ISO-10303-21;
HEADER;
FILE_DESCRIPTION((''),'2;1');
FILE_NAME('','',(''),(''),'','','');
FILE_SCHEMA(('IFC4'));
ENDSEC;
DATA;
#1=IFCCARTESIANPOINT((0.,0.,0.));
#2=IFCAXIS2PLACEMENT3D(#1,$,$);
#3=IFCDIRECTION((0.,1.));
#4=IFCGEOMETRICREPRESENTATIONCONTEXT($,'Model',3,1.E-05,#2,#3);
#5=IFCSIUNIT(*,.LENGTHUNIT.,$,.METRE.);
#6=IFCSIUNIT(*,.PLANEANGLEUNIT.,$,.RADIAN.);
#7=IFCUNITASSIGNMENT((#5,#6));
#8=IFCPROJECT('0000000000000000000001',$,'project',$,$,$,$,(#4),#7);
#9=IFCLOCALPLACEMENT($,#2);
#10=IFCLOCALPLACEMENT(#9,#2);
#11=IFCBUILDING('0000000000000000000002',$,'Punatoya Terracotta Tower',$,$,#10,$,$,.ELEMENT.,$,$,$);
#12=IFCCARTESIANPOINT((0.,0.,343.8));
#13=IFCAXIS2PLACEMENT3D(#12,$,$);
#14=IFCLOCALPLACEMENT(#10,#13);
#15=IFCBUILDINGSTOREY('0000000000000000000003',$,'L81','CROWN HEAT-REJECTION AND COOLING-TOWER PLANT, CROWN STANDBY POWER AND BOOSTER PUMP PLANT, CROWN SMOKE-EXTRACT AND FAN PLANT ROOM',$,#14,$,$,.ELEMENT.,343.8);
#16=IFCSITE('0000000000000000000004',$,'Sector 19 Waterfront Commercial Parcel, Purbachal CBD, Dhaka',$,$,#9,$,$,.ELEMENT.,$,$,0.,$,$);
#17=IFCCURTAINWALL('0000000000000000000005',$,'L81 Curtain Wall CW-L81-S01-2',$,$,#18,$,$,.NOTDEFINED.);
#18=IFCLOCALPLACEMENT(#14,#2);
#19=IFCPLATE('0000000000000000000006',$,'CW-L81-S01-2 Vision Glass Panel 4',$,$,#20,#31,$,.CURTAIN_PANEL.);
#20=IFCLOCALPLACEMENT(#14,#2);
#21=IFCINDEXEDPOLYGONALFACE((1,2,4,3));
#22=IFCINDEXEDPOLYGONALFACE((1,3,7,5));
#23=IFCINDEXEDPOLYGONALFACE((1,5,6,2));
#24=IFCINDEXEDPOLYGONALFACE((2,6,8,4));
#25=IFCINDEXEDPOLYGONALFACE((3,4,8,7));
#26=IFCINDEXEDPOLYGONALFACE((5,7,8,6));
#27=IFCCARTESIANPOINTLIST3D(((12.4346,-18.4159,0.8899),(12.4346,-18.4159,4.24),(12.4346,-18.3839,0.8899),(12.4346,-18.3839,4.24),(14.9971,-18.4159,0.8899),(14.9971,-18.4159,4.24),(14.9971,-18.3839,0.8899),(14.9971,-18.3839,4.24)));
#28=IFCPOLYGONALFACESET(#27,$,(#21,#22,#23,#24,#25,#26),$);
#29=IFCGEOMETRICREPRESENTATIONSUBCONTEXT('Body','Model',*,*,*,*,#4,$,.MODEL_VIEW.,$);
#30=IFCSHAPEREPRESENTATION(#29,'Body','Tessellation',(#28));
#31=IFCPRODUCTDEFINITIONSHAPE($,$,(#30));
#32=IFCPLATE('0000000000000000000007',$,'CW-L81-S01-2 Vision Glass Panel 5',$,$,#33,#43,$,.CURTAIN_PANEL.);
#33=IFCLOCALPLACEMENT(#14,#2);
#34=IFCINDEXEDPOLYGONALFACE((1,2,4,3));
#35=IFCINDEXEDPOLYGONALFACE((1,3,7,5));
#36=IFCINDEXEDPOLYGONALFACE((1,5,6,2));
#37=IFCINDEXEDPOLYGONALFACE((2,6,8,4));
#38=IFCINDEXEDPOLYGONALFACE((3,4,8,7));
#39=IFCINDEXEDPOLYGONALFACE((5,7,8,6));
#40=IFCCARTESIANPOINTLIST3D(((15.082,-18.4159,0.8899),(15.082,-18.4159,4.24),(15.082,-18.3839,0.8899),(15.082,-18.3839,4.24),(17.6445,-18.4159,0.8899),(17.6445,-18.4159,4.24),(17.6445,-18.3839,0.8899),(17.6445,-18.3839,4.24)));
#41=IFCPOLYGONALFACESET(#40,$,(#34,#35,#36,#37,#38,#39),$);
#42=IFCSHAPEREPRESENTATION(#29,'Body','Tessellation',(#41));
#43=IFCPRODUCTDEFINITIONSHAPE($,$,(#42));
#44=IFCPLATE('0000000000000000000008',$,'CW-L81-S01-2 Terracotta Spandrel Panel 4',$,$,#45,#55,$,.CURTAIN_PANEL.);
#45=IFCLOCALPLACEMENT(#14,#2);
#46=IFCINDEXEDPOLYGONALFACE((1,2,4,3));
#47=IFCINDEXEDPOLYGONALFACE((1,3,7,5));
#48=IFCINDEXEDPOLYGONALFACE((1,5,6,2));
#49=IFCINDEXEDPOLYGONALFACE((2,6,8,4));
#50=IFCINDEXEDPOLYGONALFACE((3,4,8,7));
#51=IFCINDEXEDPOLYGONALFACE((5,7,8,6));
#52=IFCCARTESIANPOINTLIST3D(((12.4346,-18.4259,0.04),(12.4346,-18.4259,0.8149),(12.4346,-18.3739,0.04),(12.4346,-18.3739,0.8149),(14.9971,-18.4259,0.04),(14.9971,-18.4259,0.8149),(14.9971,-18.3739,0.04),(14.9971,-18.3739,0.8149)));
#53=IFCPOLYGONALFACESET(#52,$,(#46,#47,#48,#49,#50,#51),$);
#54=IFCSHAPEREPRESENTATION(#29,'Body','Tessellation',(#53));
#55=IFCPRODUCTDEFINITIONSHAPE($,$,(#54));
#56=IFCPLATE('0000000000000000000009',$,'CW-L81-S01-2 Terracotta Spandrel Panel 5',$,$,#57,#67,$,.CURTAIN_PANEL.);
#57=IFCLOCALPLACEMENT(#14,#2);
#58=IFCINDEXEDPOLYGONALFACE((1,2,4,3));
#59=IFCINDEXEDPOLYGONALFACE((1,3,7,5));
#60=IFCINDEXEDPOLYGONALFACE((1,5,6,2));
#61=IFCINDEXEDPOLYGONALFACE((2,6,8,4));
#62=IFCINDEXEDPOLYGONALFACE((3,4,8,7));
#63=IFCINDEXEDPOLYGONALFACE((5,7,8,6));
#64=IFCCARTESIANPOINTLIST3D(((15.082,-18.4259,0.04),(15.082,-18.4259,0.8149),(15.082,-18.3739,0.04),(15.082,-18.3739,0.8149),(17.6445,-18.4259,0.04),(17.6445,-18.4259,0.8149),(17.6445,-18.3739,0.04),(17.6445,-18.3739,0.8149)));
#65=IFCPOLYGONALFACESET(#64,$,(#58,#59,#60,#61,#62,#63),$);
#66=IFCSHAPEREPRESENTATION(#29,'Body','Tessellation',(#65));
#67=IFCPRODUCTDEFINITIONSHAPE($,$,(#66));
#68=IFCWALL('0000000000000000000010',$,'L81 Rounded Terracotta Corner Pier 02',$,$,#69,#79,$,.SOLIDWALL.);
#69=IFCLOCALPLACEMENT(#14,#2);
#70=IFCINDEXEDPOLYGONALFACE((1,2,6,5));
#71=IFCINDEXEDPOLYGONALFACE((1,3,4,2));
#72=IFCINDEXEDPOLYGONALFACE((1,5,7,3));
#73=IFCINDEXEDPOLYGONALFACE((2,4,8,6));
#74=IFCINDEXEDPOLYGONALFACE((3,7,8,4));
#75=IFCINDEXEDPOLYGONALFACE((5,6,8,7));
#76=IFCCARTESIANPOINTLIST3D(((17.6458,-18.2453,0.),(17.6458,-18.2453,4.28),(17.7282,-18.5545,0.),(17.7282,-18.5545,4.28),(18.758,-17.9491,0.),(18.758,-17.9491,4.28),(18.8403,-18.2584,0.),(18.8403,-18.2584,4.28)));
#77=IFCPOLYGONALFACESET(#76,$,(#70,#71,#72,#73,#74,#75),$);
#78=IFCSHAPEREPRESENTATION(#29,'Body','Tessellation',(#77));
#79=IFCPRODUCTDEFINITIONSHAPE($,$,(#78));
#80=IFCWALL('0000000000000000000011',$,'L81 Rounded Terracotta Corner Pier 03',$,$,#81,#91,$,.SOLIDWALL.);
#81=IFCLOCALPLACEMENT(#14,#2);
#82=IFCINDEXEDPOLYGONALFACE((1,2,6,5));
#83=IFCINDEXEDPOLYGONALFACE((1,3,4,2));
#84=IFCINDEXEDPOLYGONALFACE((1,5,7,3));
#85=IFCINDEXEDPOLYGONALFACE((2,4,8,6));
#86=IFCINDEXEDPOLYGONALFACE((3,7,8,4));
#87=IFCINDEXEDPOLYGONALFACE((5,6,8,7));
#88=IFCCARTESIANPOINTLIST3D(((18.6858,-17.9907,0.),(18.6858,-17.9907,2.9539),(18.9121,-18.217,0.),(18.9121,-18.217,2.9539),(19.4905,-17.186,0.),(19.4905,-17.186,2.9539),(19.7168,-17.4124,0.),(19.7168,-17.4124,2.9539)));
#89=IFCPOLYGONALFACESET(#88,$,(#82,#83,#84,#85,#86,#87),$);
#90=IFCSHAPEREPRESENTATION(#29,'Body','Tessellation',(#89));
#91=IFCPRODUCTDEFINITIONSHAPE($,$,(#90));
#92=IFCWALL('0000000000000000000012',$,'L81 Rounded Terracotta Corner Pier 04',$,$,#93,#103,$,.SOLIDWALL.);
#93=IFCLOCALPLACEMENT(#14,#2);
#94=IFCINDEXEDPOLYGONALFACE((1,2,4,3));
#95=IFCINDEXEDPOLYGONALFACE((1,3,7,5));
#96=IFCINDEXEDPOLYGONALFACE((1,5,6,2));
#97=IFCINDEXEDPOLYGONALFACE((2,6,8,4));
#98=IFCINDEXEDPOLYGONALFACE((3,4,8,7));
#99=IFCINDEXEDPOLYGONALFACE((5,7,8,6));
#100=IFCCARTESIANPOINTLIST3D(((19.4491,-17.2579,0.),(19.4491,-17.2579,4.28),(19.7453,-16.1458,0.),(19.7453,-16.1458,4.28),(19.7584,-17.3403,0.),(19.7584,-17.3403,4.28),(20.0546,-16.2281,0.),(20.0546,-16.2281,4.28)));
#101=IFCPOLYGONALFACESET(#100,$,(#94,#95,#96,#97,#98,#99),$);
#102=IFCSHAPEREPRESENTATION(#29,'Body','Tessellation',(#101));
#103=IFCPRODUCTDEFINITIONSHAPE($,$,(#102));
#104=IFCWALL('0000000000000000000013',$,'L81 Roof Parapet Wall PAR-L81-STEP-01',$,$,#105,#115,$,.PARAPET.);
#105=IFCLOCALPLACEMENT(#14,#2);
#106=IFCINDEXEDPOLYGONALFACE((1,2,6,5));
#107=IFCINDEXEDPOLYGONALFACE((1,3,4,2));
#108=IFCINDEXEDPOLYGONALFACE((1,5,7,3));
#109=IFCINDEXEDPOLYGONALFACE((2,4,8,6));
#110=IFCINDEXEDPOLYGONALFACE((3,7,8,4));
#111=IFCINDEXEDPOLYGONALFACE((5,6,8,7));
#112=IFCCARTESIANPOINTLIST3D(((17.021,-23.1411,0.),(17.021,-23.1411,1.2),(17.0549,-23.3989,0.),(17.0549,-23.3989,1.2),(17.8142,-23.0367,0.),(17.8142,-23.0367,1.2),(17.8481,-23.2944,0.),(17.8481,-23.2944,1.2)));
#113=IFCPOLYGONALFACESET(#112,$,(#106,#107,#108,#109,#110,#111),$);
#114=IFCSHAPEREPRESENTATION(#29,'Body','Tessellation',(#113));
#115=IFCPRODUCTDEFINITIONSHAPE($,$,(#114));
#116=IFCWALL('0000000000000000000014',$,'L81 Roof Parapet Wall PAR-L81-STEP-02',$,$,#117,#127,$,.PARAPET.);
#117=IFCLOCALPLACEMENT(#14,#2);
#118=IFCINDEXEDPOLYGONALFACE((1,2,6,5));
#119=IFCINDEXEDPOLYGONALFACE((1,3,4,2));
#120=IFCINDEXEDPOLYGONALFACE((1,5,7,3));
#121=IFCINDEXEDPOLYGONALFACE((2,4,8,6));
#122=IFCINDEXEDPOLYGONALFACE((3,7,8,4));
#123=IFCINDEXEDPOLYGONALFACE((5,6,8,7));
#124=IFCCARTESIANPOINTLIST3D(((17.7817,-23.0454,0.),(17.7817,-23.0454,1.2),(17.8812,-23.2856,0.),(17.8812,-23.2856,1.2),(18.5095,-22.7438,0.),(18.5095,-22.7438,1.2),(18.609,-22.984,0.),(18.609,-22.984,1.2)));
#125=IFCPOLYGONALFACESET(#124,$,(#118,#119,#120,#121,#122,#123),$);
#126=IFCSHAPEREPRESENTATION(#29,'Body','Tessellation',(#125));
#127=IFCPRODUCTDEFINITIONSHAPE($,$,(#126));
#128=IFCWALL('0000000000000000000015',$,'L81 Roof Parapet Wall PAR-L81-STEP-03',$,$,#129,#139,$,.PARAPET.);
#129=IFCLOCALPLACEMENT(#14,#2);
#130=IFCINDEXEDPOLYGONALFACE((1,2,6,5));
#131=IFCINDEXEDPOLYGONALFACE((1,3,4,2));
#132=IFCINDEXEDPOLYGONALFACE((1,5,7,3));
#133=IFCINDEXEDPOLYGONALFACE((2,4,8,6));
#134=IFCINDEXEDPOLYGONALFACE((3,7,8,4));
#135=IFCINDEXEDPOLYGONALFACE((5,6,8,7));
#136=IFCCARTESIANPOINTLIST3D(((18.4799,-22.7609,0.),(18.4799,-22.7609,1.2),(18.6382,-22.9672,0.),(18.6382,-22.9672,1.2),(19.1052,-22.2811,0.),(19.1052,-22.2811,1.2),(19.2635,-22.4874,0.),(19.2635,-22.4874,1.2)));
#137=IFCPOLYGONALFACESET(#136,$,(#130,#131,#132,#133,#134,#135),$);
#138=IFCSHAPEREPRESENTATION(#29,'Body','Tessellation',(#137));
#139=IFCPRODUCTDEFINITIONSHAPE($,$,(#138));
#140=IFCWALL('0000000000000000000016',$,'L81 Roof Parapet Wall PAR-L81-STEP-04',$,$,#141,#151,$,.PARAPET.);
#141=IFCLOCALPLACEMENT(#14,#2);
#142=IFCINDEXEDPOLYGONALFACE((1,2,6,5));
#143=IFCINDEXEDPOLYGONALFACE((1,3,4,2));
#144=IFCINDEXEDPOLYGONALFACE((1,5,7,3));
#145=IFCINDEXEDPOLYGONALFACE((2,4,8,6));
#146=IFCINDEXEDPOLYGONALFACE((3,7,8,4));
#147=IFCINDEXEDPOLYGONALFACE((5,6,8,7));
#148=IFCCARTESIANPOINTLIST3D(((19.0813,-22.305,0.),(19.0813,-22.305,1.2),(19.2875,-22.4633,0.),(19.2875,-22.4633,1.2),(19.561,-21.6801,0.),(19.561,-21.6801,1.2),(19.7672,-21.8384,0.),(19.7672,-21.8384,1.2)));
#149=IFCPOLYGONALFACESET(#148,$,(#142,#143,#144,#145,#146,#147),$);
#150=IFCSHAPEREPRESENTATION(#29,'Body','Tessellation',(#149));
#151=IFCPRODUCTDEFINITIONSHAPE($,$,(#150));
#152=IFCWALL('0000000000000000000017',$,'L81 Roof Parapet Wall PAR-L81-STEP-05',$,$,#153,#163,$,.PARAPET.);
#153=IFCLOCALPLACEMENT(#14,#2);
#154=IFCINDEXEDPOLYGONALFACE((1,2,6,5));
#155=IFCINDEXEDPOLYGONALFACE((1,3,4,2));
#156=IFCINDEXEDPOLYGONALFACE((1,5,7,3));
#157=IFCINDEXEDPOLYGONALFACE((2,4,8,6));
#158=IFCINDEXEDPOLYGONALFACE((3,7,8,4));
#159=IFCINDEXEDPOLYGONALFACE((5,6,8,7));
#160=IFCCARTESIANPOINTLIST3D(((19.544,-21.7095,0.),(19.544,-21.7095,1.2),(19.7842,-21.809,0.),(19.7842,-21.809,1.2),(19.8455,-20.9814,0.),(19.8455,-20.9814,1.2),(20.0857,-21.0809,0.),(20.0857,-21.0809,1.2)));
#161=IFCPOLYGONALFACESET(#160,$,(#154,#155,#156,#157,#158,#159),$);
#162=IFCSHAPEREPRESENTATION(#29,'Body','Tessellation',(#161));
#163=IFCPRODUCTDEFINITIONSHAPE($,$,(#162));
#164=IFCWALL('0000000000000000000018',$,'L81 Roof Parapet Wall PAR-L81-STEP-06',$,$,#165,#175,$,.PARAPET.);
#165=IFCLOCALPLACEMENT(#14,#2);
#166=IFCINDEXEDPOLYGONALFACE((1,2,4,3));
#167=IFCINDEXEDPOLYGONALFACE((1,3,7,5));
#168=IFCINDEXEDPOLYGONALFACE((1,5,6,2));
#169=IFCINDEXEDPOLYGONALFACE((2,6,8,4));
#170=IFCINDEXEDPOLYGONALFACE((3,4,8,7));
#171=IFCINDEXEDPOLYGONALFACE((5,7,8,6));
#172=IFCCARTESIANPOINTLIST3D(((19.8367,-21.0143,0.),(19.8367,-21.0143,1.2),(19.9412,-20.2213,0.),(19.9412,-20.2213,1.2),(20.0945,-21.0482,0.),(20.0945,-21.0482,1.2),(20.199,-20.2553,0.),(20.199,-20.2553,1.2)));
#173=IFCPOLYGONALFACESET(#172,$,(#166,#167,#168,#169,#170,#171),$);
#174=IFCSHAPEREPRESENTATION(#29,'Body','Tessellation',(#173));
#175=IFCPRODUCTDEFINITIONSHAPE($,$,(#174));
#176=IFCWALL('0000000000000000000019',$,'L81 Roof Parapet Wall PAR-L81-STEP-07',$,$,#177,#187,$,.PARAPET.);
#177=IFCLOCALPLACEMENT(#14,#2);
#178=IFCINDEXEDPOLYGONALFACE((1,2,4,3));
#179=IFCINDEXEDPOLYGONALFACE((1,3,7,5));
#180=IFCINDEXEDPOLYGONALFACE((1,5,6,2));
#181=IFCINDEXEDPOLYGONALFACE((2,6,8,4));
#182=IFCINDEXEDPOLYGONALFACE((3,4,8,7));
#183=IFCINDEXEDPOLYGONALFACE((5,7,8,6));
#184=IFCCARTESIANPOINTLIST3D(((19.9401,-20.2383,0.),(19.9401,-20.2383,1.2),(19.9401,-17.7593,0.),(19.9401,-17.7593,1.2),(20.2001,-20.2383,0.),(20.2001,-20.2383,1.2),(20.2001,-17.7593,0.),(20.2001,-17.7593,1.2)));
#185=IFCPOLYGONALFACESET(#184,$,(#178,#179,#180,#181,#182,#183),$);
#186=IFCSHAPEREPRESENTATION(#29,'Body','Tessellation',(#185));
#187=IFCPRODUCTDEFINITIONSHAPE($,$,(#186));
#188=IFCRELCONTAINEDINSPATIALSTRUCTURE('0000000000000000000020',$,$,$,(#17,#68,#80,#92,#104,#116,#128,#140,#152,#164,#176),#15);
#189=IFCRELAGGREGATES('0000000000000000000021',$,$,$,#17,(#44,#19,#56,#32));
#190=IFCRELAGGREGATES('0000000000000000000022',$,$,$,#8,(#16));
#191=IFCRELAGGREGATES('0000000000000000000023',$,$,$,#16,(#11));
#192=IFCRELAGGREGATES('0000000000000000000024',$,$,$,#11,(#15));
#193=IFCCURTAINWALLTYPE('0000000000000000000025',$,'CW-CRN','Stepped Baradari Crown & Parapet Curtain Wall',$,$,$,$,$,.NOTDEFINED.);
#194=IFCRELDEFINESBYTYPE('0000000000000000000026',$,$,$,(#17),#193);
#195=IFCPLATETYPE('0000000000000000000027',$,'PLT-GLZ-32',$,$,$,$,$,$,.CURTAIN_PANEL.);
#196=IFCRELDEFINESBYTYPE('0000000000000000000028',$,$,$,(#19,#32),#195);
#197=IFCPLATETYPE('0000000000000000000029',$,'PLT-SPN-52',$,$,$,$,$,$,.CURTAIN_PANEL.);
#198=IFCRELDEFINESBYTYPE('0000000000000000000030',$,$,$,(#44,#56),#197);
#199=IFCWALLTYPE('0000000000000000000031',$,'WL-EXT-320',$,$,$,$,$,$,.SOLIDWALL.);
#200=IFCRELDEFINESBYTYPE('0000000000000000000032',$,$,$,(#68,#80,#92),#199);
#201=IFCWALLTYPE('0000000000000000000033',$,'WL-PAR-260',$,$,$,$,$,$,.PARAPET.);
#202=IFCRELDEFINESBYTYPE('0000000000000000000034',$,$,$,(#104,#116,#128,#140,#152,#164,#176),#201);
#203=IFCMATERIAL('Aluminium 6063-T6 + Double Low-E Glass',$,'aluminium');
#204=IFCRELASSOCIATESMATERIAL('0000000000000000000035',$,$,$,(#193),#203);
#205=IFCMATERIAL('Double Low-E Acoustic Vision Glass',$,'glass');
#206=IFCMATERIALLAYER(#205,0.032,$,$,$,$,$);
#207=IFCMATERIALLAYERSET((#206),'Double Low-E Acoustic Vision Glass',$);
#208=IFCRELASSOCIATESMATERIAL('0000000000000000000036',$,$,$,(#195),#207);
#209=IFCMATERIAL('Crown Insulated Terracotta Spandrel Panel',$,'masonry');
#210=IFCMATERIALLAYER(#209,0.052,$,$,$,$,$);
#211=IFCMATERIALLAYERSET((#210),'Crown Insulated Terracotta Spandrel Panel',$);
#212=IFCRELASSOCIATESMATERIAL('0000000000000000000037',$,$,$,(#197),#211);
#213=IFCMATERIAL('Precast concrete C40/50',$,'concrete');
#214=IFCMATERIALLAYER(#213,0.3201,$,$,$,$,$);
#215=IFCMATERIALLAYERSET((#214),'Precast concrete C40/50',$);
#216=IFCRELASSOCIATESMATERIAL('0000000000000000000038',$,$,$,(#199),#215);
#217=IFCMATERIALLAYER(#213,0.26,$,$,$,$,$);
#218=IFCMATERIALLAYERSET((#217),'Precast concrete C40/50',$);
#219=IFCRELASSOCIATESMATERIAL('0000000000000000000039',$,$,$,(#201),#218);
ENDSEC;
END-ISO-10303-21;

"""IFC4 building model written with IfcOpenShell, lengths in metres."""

from ifc_helpers import new_model, si_unit, direction, frame, frame_2d, origin, origin_2d, place, context, subcontext, project, spatial, rectangle, extrude, material, layer, layer_set, type_object, element, aggregate, save


model = new_model("IFC4")

# Units and contexts
model_context = context("Model", 3, precision=1e-05, world=origin(), true_north=direction((0.0, 1.0)))
body_context = subcontext(model_context, "Body", "Model", "MODEL_VIEW")
ifc_project = project(units=[si_unit("LENGTHUNIT", "METRE"), si_unit("PLANEANGLEUNIT", "RADIAN")], contexts=[model_context])

# Site, building, storey
site_placement = place(None, origin())
site = spatial("IfcSite", under=ifc_project, at=site_placement, Name="Sector 19 Waterfront Commercial Parcel, Purbachal CBD, Dhaka", CompositionType="ELEMENT", RefElevation=0.0)
building_placement = place(site_placement, origin())
building = spatial("IfcBuilding", under=site, at=building_placement, Name="Punatoya Terracotta Tower", CompositionType="ELEMENT")
storey_placement = place(building_placement, frame((0.0, 0.0, 343.8)))
storey = spatial("IfcBuildingStorey", under=building, at=storey_placement, Name="L81", Description="CROWN HEAT-REJECTION AND COOLING-TOWER PLANT, CROWN STANDBY POWER AND BOOSTER PUMP PLANT, CROWN SMOKE-EXTRACT AND FAN PLANT ROOM", CompositionType="ELEMENT", Elevation=343.8)

# Curtain wall
ifc_material_1 = material(Name="Aluminium 6063-T6 + Double Low-E Glass", Category="aluminium")
curtain_wall_type = type_object("IfcCurtainWallType", Name="CW-CRN", Description="Stepped Baradari Crown & Parapet Curtain Wall", PredefinedType="NOTDEFINED", material=ifc_material_1)
curtain_wall_1_placement = place(storey_placement, origin())
curtain_wall_1 = element("IfcCurtainWall", 1, at=curtain_wall_1_placement, inside=storey, type_object=curtain_wall_type, Name="L81 Curtain Wall CW-L81-S01-2", PredefinedType="NOTDEFINED")

# Plates
ifc_material_2 = material(Name="Double Low-E Acoustic Vision Glass", Category="glass")
ifc_layer_1 = layer(ifc_material_2, 0.032)
ifc_layer_set_1 = layer_set([ifc_layer_1], Name="Double Low-E Acoustic Vision Glass")
plate_type_1 = type_object("IfcPlateType", Name="PLT-GLZ-32", PredefinedType="CURTAIN_PANEL", material=ifc_layer_set_1)
plate_1_placement = place(storey_placement, frame((13.7158, -18.3999, 0.8899), z_axis=(0.0, 0.0, 1.0), x_axis=(1.0, 0.0, 0.0)))
plate_1 = element("IfcPlate", 2, at=plate_1_placement, type_object=plate_type_1, Name="CW-L81-S01-2 Vision Glass Panel 4", PredefinedType="CURTAIN_PANEL", context=body_context, shape_type="SweptSolid", body=[
    extrude(rectangle(XDim=2.5625, YDim=0.032, at=origin_2d()), origin(), (0.0, 0.0, 1.0), 3.3501),
])
plate_2_placement = place(storey_placement, frame((16.3633, -18.3999, 0.8899), z_axis=(0.0, 0.0, 1.0), x_axis=(1.0, 0.0, 0.0)))
plate_2 = element("IfcPlate", 3, at=plate_2_placement, type_object=plate_type_1, Name="CW-L81-S01-2 Vision Glass Panel 5", PredefinedType="CURTAIN_PANEL", context=body_context, shape_type="SweptSolid", body=[
    extrude(rectangle(XDim=2.5625, YDim=0.032, at=origin_2d()), origin(), (0.0, 0.0, 1.0), 3.3501),
])
ifc_material_3 = material(Name="Crown Insulated Terracotta Spandrel Panel", Category="masonry")
ifc_layer_2 = layer(ifc_material_3, 0.052)
ifc_layer_set_2 = layer_set([ifc_layer_2], Name="Crown Insulated Terracotta Spandrel Panel")
plate_type_2 = type_object("IfcPlateType", Name="PLT-SPN-52", PredefinedType="CURTAIN_PANEL", material=ifc_layer_set_2)
plate_3_placement = place(storey_placement, frame((13.7158, -18.3999, 0.04), z_axis=(0.0, 0.0, 1.0), x_axis=(1.0, 0.0, 0.0)))
plate_3 = element("IfcPlate", 4, at=plate_3_placement, type_object=plate_type_2, Name="CW-L81-S01-2 Terracotta Spandrel Panel 4", PredefinedType="CURTAIN_PANEL", context=body_context, shape_type="SweptSolid", body=[
    extrude(rectangle(XDim=2.5625, YDim=0.052, at=origin_2d()), origin(), (0.0, 0.0, 1.0), 0.7749),
])
plate_4_placement = place(storey_placement, frame((16.3633, -18.3999, 0.04), z_axis=(0.0, 0.0, 1.0), x_axis=(1.0, 0.0, 0.0)))
plate_4 = element("IfcPlate", 5, at=plate_4_placement, type_object=plate_type_2, Name="CW-L81-S01-2 Terracotta Spandrel Panel 5", PredefinedType="CURTAIN_PANEL", context=body_context, shape_type="SweptSolid", body=[
    extrude(rectangle(XDim=2.5625, YDim=0.052, at=origin_2d()), origin(), (0.0, 0.0, 1.0), 0.7749),
])
aggregate(curtain_wall_1, [plate_3, plate_1, plate_4, plate_2])

# Walls
ifc_material_4 = material(Name="Precast concrete C40/50", Category="concrete")
ifc_layer_3 = layer(ifc_material_4, 0.3201)
ifc_layer_set_3 = layer_set([ifc_layer_3], Name="Precast concrete C40/50")
wall_type_1 = type_object("IfcWallType", Name="WL-EXT-320", PredefinedType="SOLIDWALL", material=ifc_layer_set_3)
wall_1_placement = place(storey_placement, frame((17.687, -18.3999, 0.0), z_axis=(0.0, 0.0, 1.0), x_axis=(0.966323, 0.257333, 0.0)))
element("IfcWall", 6, at=wall_1_placement, inside=storey, type_object=wall_type_1, Name="L81 Rounded Terracotta Corner Pier 02", PredefinedType="SOLIDWALL", context=body_context, shape_type="SweptSolid", body=[
    extrude(rectangle(XDim=1.1509, YDim=0.3201, at=frame_2d((0.5754, 0.0))), origin(), (0.0, 0.0, 1.0), 4.28),
])
wall_2_placement = place(storey_placement, frame((18.7991, -18.1038, 0.0), z_axis=(0.0, 0.0, 1.0), x_axis=(0.707107, 0.707107, 0.0)))
element("IfcWall", 7, at=wall_2_placement, inside=storey, type_object=wall_type_1, Name="L81 Rounded Terracotta Corner Pier 03", PredefinedType="SOLIDWALL", context=body_context, shape_type="SweptSolid", body=[
    extrude(rectangle(XDim=1.1379, YDim=0.3201, at=frame_2d((0.5688, 0.0))), origin(), (0.0, 0.0, 1.0), 2.9539),
])
wall_3_placement = place(storey_placement, frame((19.6038, -17.2991, 0.0), z_axis=(0.0, 0.0, 1.0), x_axis=(0.257333, 0.966323, 0.0)))
element("IfcWall", 8, at=wall_3_placement, inside=storey, type_object=wall_type_1, Name="L81 Rounded Terracotta Corner Pier 04", PredefinedType="SOLIDWALL", context=body_context, shape_type="SweptSolid", body=[
    extrude(rectangle(XDim=1.1509, YDim=0.3201, at=frame_2d((0.5754, 0.0))), origin(), (0.0, 0.0, 1.0), 4.28),
])
ifc_layer_4 = layer(ifc_material_4, 0.26)
ifc_layer_set_4 = layer_set([ifc_layer_4], Name="Precast concrete C40/50")
wall_type_2 = type_object("IfcWallType", Name="WL-PAR-260", PredefinedType="PARAPET", material=ifc_layer_set_4)
wall_4_placement = place(storey_placement, frame((17.0381, -23.27, 0.0), z_axis=(0.0, 0.0, 1.0), x_axis=(0.991435, 0.130604, 0.0)))
element("IfcWall", 9, at=wall_4_placement, inside=storey, type_object=wall_type_2, Name="L81 Roof Parapet Wall PAR-L81-STEP-01", PredefinedType="PARAPET", context=body_context, shape_type="SweptSolid", body=[
    extrude(rectangle(XDim=0.8, YDim=0.26, at=frame_2d((0.3999, 0.0))), origin(), (0.0, 0.0, 1.0), 1.2),
])
wall_5_placement = place(storey_placement, frame((17.8313, -23.1655, 0.0), z_axis=(0.0, 0.0, 1.0), x_axis=(0.923854, 0.382744, 0.0)))
element("IfcWall", 10, at=wall_5_placement, inside=storey, type_object=wall_type_2, Name="L81 Roof Parapet Wall PAR-L81-STEP-02", PredefinedType="PARAPET", context=body_context, shape_type="SweptSolid", body=[
    extrude(rectangle(XDim=0.7878, YDim=0.26, at=frame_2d((0.394, 0.0))), origin(), (0.0, 0.0, 1.0), 1.2),
])
wall_6_placement = place(storey_placement, frame((18.5591, -22.864, 0.0), z_axis=(0.0, 0.0, 1.0), x_axis=(0.793372, 0.608737, 0.0)))
element("IfcWall", 11, at=wall_6_placement, inside=storey, type_object=wall_type_2, Name="L81 Roof Parapet Wall PAR-L81-STEP-03", PredefinedType="PARAPET", context=body_context, shape_type="SweptSolid", body=[
    extrude(rectangle(XDim=0.7881, YDim=0.26, at=frame_2d((0.394, 0.0))), origin(), (0.0, 0.0, 1.0), 1.2),
])
wall_7_placement = place(storey_placement, frame((19.1843, -22.3843, 0.0), z_axis=(0.0, 0.0, 1.0), x_axis=(0.608887, 0.793257, 0.0)))
element("IfcWall", 12, at=wall_7_placement, inside=storey, type_object=wall_type_2, Name="L81 Roof Parapet Wall PAR-L81-STEP-04", PredefinedType="PARAPET", context=body_context, shape_type="SweptSolid", body=[
    extrude(rectangle(XDim=0.7878, YDim=0.26, at=frame_2d((0.394, 0.0))), origin(), (0.0, 0.0, 1.0), 1.2),
])
wall_8_placement = place(storey_placement, frame((19.6641, -21.7593, 0.0), z_axis=(0.0, 0.0, 1.0), x_axis=(0.382635, 0.9239, 0.0)))
element("IfcWall", 13, at=wall_8_placement, inside=storey, type_object=wall_type_2, Name="L81 Roof Parapet Wall PAR-L81-STEP-05", PredefinedType="PARAPET", context=body_context, shape_type="SweptSolid", body=[
    extrude(rectangle(XDim=0.7881, YDim=0.26, at=frame_2d((0.394, 0.0))), origin(), (0.0, 0.0, 1.0), 1.2),
])
wall_9_placement = place(storey_placement, frame((19.9656, -21.0312, 0.0), z_axis=(0.0, 0.0, 1.0), x_axis=(0.130644, 0.991429, 0.0)))
element("IfcWall", 14, at=wall_9_placement, inside=storey, type_object=wall_type_2, Name="L81 Roof Parapet Wall PAR-L81-STEP-06", PredefinedType="PARAPET", context=body_context, shape_type="SweptSolid", body=[
    extrude(rectangle(XDim=0.7998, YDim=0.26, at=frame_2d((0.3999, 0.0))), origin(), (0.0, 0.0, 1.0), 1.2),
])
wall_10_placement = place(storey_placement, frame((20.0701, -20.2383, 0.0), z_axis=(0.0, 0.0, 1.0), x_axis=(0.0, 1.0, 0.0)))
element("IfcWall", 15, at=wall_10_placement, inside=storey, type_object=wall_type_2, Name="L81 Roof Parapet Wall PAR-L81-STEP-07", PredefinedType="PARAPET", context=body_context, shape_type="SweptSolid", body=[
    extrude(rectangle(XDim=2.479, YDim=0.26, at=frame_2d((1.2395, 0.0))), origin(), (0.0, 0.0, 1.0), 1.2),
])

save(model, "model.ifc")
